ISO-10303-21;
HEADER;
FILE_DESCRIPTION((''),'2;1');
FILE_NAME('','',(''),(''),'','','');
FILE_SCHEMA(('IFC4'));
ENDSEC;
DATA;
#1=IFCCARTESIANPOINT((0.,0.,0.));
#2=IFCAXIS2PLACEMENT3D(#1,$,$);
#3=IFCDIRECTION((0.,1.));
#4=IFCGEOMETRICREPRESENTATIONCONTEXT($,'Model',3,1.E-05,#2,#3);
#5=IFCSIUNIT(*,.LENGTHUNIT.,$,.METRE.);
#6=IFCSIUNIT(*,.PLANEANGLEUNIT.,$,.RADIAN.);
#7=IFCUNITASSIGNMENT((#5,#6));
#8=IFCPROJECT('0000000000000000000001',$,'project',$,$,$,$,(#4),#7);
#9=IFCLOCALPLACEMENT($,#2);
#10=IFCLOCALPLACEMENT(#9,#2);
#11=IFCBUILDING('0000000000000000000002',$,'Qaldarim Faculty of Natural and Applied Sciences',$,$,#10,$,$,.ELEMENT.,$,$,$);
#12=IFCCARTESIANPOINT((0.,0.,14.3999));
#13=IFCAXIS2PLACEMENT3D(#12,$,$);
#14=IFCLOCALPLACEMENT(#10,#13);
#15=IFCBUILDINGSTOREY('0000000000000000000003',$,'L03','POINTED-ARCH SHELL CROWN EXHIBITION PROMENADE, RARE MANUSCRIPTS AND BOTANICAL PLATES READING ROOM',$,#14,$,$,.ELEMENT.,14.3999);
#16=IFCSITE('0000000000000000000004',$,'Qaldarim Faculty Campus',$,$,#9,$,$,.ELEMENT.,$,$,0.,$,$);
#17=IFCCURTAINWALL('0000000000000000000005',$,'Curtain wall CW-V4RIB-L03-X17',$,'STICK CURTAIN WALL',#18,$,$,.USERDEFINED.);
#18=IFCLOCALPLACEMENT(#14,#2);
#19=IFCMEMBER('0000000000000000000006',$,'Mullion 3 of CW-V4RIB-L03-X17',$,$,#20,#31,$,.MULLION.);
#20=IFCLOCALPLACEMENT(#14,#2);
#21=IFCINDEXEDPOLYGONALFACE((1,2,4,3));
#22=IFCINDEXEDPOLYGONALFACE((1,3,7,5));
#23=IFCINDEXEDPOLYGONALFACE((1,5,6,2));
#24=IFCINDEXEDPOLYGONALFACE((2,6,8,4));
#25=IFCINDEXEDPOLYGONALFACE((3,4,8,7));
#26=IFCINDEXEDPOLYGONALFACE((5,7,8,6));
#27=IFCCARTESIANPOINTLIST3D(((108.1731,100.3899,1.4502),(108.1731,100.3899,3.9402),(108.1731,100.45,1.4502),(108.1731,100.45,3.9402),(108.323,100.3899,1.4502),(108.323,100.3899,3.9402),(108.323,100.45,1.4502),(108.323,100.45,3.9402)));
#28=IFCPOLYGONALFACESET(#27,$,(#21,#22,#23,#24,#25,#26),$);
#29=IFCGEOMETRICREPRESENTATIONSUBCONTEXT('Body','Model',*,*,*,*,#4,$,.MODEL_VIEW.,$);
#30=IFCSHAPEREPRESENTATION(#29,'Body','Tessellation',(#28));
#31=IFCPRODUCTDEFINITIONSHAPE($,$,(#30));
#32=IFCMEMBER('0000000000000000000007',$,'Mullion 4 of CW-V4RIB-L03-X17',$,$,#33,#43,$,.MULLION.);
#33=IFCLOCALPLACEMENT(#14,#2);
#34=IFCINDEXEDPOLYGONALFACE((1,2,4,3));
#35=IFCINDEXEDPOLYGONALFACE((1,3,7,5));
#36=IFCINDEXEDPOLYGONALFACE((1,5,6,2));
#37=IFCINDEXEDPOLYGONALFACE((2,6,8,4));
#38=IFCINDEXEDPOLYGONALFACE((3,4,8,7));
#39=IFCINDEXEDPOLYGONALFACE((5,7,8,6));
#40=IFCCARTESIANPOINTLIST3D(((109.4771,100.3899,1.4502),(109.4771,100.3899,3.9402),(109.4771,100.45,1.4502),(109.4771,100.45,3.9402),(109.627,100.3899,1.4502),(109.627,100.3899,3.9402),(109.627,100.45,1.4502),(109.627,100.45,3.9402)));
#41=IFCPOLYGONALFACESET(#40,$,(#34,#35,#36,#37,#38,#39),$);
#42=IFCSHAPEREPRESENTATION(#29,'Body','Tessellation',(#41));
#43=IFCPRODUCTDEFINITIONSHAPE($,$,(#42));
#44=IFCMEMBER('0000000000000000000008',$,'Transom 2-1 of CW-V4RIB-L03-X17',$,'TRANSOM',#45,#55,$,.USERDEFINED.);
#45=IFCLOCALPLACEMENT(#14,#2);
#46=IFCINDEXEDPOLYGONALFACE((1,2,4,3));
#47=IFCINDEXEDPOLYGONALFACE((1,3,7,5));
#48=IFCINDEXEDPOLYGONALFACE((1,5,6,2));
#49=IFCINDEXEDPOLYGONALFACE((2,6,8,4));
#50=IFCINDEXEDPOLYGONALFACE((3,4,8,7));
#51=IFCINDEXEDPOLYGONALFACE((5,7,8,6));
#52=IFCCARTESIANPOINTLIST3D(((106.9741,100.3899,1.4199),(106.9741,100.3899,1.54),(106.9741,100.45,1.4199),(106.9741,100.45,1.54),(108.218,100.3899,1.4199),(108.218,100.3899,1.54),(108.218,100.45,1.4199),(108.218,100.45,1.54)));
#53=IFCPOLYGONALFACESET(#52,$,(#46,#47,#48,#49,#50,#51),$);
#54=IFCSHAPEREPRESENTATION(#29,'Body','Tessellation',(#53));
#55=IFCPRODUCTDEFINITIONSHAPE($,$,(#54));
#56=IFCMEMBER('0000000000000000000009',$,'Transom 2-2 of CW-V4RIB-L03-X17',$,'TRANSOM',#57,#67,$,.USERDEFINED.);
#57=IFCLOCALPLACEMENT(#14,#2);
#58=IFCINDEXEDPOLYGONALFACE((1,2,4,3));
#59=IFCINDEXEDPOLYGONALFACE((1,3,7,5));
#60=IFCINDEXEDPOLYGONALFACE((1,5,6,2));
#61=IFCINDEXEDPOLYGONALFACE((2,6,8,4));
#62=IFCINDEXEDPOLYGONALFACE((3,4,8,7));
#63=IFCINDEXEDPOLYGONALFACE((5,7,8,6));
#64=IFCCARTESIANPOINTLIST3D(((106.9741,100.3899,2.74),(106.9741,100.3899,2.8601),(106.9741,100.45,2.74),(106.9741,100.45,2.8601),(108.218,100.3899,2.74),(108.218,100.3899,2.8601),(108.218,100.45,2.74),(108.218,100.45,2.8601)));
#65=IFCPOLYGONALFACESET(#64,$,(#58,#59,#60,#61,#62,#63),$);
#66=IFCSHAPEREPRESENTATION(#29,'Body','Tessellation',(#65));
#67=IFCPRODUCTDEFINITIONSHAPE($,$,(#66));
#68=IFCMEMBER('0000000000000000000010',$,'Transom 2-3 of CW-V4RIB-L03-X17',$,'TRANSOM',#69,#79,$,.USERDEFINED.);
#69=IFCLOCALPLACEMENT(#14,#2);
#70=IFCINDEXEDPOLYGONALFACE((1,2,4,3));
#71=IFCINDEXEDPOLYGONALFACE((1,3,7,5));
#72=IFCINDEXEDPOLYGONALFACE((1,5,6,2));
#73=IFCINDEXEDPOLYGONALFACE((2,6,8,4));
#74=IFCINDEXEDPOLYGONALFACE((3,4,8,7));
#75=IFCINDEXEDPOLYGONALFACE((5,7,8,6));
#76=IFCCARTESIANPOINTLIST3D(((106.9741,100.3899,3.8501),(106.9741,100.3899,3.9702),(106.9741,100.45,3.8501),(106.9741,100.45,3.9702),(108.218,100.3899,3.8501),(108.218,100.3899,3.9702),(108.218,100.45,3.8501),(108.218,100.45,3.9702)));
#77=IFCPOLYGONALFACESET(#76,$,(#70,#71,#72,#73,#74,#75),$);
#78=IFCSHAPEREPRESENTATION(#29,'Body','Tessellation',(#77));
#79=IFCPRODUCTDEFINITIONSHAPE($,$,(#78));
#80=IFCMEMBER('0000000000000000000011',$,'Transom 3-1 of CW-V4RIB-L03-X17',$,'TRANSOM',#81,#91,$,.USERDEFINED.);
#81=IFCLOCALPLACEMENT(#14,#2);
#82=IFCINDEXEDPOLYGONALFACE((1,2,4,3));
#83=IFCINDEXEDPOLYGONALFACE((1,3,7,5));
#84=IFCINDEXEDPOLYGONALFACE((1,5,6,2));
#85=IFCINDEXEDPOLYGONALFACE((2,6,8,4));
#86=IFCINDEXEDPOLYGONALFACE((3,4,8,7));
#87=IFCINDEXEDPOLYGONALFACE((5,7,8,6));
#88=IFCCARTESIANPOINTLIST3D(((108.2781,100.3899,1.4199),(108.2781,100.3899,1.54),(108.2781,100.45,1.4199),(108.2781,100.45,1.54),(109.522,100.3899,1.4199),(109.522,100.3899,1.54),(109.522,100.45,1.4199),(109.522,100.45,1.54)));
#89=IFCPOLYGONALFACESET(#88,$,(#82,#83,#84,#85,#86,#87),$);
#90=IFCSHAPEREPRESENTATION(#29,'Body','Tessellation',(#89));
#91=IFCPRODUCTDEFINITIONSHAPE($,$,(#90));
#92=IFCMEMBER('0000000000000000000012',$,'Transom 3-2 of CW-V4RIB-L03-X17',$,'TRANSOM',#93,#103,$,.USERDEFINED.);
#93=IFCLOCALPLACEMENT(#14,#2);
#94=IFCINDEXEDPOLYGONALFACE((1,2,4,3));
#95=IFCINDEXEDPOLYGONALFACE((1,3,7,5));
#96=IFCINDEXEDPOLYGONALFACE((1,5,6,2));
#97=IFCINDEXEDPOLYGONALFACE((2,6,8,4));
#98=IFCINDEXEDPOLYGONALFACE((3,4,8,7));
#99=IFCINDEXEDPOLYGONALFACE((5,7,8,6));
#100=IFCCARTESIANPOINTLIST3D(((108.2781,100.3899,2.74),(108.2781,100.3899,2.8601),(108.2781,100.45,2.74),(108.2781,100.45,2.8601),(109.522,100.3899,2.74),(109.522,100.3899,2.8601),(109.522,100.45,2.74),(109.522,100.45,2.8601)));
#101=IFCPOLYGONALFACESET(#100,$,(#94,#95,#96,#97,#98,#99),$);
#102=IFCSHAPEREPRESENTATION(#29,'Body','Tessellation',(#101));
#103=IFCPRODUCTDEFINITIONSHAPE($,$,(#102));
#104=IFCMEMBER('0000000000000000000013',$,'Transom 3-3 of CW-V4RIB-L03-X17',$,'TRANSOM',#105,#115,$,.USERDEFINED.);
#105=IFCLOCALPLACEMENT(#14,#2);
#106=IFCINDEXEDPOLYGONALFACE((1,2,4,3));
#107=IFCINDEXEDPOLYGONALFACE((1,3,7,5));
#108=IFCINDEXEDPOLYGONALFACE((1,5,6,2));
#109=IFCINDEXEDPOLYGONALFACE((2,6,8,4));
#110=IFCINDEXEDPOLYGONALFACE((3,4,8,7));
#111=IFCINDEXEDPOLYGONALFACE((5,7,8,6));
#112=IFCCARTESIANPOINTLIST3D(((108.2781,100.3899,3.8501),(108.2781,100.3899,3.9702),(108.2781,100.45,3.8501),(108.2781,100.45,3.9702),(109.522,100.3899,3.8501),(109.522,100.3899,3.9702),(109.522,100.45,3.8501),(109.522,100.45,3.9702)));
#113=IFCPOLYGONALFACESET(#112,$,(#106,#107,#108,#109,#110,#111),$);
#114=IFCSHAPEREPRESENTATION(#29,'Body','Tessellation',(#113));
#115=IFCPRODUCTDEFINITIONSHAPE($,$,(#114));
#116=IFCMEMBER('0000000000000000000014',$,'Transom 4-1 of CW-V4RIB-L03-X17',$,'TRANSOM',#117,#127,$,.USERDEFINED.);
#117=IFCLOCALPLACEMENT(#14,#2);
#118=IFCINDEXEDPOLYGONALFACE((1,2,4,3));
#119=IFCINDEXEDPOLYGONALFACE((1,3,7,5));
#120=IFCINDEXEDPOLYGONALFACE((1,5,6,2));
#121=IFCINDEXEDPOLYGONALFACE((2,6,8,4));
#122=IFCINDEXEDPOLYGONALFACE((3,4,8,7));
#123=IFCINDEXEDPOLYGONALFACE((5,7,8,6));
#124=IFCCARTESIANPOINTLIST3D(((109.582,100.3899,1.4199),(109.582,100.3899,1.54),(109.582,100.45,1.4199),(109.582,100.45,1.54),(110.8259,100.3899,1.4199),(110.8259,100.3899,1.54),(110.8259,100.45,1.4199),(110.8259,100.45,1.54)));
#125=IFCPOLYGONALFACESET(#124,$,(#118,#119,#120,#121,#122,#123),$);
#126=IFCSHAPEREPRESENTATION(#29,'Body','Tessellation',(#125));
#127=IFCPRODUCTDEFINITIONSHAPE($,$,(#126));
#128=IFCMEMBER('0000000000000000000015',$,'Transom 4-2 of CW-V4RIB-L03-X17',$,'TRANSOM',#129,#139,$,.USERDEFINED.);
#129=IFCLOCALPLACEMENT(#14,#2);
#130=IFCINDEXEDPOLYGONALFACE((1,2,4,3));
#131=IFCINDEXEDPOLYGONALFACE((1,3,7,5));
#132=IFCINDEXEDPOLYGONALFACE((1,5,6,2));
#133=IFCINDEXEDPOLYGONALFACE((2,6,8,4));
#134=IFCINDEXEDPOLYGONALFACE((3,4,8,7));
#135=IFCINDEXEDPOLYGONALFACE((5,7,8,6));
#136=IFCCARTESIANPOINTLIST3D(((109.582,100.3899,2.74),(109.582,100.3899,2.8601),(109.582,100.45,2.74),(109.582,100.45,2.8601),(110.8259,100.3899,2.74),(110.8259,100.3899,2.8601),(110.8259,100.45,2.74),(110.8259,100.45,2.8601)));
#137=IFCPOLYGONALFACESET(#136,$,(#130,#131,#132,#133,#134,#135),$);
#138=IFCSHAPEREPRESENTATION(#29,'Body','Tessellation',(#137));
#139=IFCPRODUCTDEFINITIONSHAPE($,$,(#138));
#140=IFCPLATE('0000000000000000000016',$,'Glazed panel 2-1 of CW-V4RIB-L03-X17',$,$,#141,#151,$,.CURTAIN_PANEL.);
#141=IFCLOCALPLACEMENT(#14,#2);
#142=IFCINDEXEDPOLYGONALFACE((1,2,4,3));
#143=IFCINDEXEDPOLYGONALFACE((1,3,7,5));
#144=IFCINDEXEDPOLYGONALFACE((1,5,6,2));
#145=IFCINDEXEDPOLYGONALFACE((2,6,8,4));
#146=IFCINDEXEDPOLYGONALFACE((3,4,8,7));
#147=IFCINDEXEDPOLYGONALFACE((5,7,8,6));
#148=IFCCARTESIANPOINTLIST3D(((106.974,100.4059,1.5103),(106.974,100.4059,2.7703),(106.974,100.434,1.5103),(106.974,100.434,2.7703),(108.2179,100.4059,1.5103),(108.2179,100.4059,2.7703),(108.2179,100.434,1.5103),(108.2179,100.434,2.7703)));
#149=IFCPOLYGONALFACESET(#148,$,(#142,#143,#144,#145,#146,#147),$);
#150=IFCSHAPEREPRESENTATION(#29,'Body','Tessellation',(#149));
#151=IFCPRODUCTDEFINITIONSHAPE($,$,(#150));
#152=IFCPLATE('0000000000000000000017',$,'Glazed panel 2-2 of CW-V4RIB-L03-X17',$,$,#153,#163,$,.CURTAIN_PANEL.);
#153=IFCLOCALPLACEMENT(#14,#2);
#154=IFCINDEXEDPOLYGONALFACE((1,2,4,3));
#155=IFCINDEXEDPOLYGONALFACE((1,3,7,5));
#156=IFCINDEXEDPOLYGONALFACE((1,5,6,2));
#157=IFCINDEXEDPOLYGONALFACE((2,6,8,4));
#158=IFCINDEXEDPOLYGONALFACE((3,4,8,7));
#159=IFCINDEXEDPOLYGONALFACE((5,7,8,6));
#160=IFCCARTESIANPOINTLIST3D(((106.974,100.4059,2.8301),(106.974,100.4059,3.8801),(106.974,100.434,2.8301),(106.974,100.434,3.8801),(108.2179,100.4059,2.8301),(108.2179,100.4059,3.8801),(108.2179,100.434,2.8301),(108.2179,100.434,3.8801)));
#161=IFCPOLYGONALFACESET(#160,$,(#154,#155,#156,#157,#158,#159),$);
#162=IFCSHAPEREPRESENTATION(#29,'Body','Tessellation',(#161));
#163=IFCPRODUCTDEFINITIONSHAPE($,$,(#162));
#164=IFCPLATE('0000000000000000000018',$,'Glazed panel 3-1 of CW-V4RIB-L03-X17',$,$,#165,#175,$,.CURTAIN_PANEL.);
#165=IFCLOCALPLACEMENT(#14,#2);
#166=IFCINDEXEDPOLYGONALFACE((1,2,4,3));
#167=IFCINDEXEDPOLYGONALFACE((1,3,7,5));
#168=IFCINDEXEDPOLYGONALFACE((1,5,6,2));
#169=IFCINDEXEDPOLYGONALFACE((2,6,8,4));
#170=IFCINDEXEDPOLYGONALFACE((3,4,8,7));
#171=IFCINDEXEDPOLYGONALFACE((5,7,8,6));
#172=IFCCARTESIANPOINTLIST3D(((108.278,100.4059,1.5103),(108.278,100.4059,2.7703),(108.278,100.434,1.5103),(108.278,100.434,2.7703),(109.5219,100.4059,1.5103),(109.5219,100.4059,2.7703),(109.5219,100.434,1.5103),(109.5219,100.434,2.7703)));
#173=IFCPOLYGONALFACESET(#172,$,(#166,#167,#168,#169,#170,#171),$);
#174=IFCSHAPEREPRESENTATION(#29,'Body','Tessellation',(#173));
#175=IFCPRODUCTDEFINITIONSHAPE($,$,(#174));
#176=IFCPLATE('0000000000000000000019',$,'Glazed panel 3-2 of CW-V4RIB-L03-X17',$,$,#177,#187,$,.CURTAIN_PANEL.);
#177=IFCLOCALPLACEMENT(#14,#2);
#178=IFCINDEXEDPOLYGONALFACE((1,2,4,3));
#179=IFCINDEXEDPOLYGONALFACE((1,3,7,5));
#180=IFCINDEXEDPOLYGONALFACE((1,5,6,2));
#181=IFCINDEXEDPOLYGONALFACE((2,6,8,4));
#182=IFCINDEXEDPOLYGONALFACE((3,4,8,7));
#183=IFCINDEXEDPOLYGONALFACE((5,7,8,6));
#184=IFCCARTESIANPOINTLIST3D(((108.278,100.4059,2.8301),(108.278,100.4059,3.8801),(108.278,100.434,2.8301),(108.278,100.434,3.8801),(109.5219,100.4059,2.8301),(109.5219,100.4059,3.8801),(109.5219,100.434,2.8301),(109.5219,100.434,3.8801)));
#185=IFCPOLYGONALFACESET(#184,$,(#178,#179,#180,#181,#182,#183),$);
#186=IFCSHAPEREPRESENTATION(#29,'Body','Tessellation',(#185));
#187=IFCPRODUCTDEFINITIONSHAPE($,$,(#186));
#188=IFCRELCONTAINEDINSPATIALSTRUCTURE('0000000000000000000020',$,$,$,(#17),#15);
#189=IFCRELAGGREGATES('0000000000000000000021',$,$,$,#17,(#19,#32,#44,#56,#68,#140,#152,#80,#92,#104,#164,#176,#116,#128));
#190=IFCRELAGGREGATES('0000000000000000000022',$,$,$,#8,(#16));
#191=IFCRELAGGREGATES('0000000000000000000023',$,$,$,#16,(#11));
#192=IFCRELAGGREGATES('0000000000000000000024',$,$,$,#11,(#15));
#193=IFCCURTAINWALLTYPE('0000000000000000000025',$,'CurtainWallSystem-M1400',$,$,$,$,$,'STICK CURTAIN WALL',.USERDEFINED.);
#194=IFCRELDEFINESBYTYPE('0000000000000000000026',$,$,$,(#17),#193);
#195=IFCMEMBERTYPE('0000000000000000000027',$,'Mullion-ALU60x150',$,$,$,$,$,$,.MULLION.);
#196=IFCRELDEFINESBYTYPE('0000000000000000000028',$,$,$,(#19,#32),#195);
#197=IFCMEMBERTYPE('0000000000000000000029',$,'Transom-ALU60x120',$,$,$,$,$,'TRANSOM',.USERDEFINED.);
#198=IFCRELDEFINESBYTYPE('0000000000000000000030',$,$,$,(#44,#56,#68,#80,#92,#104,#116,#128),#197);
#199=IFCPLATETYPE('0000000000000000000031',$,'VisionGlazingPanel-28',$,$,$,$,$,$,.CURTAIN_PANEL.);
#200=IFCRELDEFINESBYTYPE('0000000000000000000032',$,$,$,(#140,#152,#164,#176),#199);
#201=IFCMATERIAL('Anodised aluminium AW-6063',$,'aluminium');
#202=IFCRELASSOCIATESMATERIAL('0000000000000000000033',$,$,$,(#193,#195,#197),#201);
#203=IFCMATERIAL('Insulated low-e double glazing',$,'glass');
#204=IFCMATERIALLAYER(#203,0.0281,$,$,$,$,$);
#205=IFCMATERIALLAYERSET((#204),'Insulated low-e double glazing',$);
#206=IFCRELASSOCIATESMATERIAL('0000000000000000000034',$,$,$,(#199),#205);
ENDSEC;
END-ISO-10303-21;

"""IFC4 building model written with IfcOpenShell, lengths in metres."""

from ifc_helpers import new_model, si_unit, direction, frame, origin, origin_2d, place, context, subcontext, project, spatial, rectangle, extrude, material, layer, layer_set, material_profile, profile_set, type_object, element, aggregate, save


model = new_model("IFC4")

# Units and contexts
model_context = context("Model", 3, precision=1e-05, world=origin(), true_north=direction((0.0, 1.0)))
body_context = subcontext(model_context, "Body", "Model", "MODEL_VIEW")
ifc_project = project(units=[si_unit("LENGTHUNIT", "METRE"), si_unit("PLANEANGLEUNIT", "RADIAN")], contexts=[model_context])

# Site, building, storey
site_placement = place(None, origin())
site = spatial("IfcSite", under=ifc_project, at=site_placement, Name="Qaldarim Faculty Campus", CompositionType="ELEMENT", RefElevation=0.0)
building_placement = place(site_placement, origin())
building = spatial("IfcBuilding", under=site, at=building_placement, Name="Qaldarim Faculty of Natural and Applied Sciences", CompositionType="ELEMENT")
storey_placement = place(building_placement, frame((0.0, 0.0, 14.3999)))
storey = spatial("IfcBuildingStorey", under=building, at=storey_placement, Name="L03", Description="POINTED-ARCH SHELL CROWN EXHIBITION PROMENADE, RARE MANUSCRIPTS AND BOTANICAL PLATES READING ROOM", CompositionType="ELEMENT", Elevation=14.3999)

# Curtain wall, members, plates
ifc_material_1 = material(Name="Anodised aluminium AW-6063", Category="aluminium")
curtain_wall_type = type_object("IfcCurtainWallType", Name="CurtainWallSystem-M1400", ElementType="STICK CURTAIN WALL", PredefinedType="USERDEFINED", material=ifc_material_1)
curtain_wall_placement = place(storey_placement, origin())
curtain_wall = element("IfcCurtainWall", 1, at=curtain_wall_placement, inside=storey, type_object=curtain_wall_type, Name="Curtain wall CW-V4RIB-L03-X17", ObjectType="STICK CURTAIN WALL", PredefinedType="USERDEFINED")
ifc_material_profile_1 = material_profile(ifc_material_1, rectangle(XDim=0.0601, YDim=0.1499, at=origin_2d()), Name="ALU-M60x150")
ifc_profile_set_1 = profile_set([ifc_material_profile_1], Name="Anodised aluminium AW-6063")
member_type_1 = type_object("IfcMemberType", Name="Mullion-ALU60x150", PredefinedType="MULLION", material=ifc_profile_set_1)
member_1_placement = place(storey_placement, frame((108.248, 100.4199, 1.4502), z_axis=(0.0, 0.0, 1.0), x_axis=(0.0, 1.0, 0.0)))
member_1 = element("IfcMember", 2, at=member_1_placement, type_object=member_type_1, Name="Mullion 3 of CW-V4RIB-L03-X17", PredefinedType="MULLION", context=body_context, shape_type="SweptSolid", body=[
    extrude(rectangle(XDim=0.0601, YDim=0.1499, at=origin_2d()), origin(), (0.0, 0.0, 1.0), 2.49),
])
member_2_placement = place(storey_placement, frame((109.552, 100.4199, 1.4502), z_axis=(0.0, 0.0, 1.0), x_axis=(0.0, 1.0, 0.0)))
member_2 = element("IfcMember", 3, at=member_2_placement, type_object=member_type_1, Name="Mullion 4 of CW-V4RIB-L03-X17", PredefinedType="MULLION", context=body_context, shape_type="SweptSolid", body=[
    extrude(rectangle(XDim=0.0601, YDim=0.1499, at=origin_2d()), origin(), (0.0, 0.0, 1.0), 2.49),
])
ifc_material_profile_2 = material_profile(ifc_material_1, rectangle(XDim=0.0601, YDim=0.1201, at=origin_2d()), Name="ALU-T60x120")
ifc_profile_set_2 = profile_set([ifc_material_profile_2], Name="Anodised aluminium AW-6063")
member_type_2 = type_object("IfcMemberType", Name="Transom-ALU60x120", ElementType="TRANSOM", PredefinedType="USERDEFINED", material=ifc_profile_set_2)
member_3_placement = place(storey_placement, frame((106.9741, 100.4199, 1.48), z_axis=(1.0, 0.0, 0.0), x_axis=(0.0, 1.0, 0.0)))
member_3 = element("IfcMember", 4, at=member_3_placement, type_object=member_type_2, Name="Transom 2-1 of CW-V4RIB-L03-X17", ObjectType="TRANSOM", PredefinedType="USERDEFINED", context=body_context, shape_type="SweptSolid", body=[
    extrude(rectangle(XDim=0.0601, YDim=0.1201, at=origin_2d()), origin(), (0.0, 0.0, 1.0), 1.2439),
])
member_4_placement = place(storey_placement, frame((106.9741, 100.4199, 2.8), z_axis=(1.0, 0.0, 0.0), x_axis=(0.0, 1.0, 0.0)))
member_4 = element("IfcMember", 5, at=member_4_placement, type_object=member_type_2, Name="Transom 2-2 of CW-V4RIB-L03-X17", ObjectType="TRANSOM", PredefinedType="USERDEFINED", context=body_context, shape_type="SweptSolid", body=[
    extrude(rectangle(XDim=0.0601, YDim=0.1201, at=origin_2d()), origin(), (0.0, 0.0, 1.0), 1.2439),
])
member_5_placement = place(storey_placement, frame((106.9741, 100.4199, 3.9102), z_axis=(1.0, 0.0, 0.0), x_axis=(0.0, 1.0, 0.0)))
member_5 = element("IfcMember", 6, at=member_5_placement, type_object=member_type_2, Name="Transom 2-3 of CW-V4RIB-L03-X17", ObjectType="TRANSOM", PredefinedType="USERDEFINED", context=body_context, shape_type="SweptSolid", body=[
    extrude(rectangle(XDim=0.0601, YDim=0.1201, at=origin_2d()), origin(), (0.0, 0.0, 1.0), 1.2439),
])
member_6_placement = place(storey_placement, frame((108.2781, 100.4199, 1.48), z_axis=(1.0, 0.0, 0.0), x_axis=(0.0, 1.0, 0.0)))
member_6 = element("IfcMember", 7, at=member_6_placement, type_object=member_type_2, Name="Transom 3-1 of CW-V4RIB-L03-X17", ObjectType="TRANSOM", PredefinedType="USERDEFINED", context=body_context, shape_type="SweptSolid", body=[
    extrude(rectangle(XDim=0.0601, YDim=0.1201, at=origin_2d()), origin(), (0.0, 0.0, 1.0), 1.2439),
])
member_7_placement = place(storey_placement, frame((108.2781, 100.4199, 2.8), z_axis=(1.0, 0.0, 0.0), x_axis=(0.0, 1.0, 0.0)))
member_7 = element("IfcMember", 8, at=member_7_placement, type_object=member_type_2, Name="Transom 3-2 of CW-V4RIB-L03-X17", ObjectType="TRANSOM", PredefinedType="USERDEFINED", context=body_context, shape_type="SweptSolid", body=[
    extrude(rectangle(XDim=0.0601, YDim=0.1201, at=origin_2d()), origin(), (0.0, 0.0, 1.0), 1.2439),
])
member_8_placement = place(storey_placement, frame((108.2781, 100.4199, 3.9102), z_axis=(1.0, 0.0, 0.0), x_axis=(0.0, 1.0, 0.0)))
member_8 = element("IfcMember", 9, at=member_8_placement, type_object=member_type_2, Name="Transom 3-3 of CW-V4RIB-L03-X17", ObjectType="TRANSOM", PredefinedType="USERDEFINED", context=body_context, shape_type="SweptSolid", body=[
    extrude(rectangle(XDim=0.0601, YDim=0.1201, at=origin_2d()), origin(), (0.0, 0.0, 1.0), 1.2439),
])
member_9_placement = place(storey_placement, frame((109.582, 100.4199, 1.48), z_axis=(1.0, 0.0, 0.0), x_axis=(0.0, 1.0, 0.0)))
member_9 = element("IfcMember", 10, at=member_9_placement, type_object=member_type_2, Name="Transom 4-1 of CW-V4RIB-L03-X17", ObjectType="TRANSOM", PredefinedType="USERDEFINED", context=body_context, shape_type="SweptSolid", body=[
    extrude(rectangle(XDim=0.0601, YDim=0.1201, at=origin_2d()), origin(), (0.0, 0.0, 1.0), 1.2439),
])
member_10_placement = place(storey_placement, frame((109.582, 100.4199, 2.8), z_axis=(1.0, 0.0, 0.0), x_axis=(0.0, 1.0, 0.0)))
member_10 = element("IfcMember", 11, at=member_10_placement, type_object=member_type_2, Name="Transom 4-2 of CW-V4RIB-L03-X17", ObjectType="TRANSOM", PredefinedType="USERDEFINED", context=body_context, shape_type="SweptSolid", body=[
    extrude(rectangle(XDim=0.0601, YDim=0.1201, at=origin_2d()), origin(), (0.0, 0.0, 1.0), 1.2439),
])
ifc_material_2 = material(Name="Insulated low-e double glazing", Category="glass")
ifc_layer_1 = layer(ifc_material_2, 0.0281)
ifc_layer_set_1 = layer_set([ifc_layer_1], Name="Insulated low-e double glazing")
plate_type = type_object("IfcPlateType", Name="VisionGlazingPanel-28", PredefinedType="CURTAIN_PANEL", material=ifc_layer_set_1)
plate_1_placement = place(storey_placement, frame((107.5959, 100.4199, 1.5103), z_axis=(0.0, 0.0, 1.0), x_axis=(1.0, 0.0, 0.0)))
plate_1 = element("IfcPlate", 12, at=plate_1_placement, type_object=plate_type, Name="Glazed panel 2-1 of CW-V4RIB-L03-X17", PredefinedType="CURTAIN_PANEL", context=body_context, shape_type="SweptSolid", body=[
    extrude(rectangle(XDim=1.2439, YDim=0.0281, at=origin_2d()), origin(), (0.0, 0.0, 1.0), 1.26),
])
plate_2_placement = place(storey_placement, frame((107.5959, 100.4199, 2.8301), z_axis=(0.0, 0.0, 1.0), x_axis=(1.0, 0.0, 0.0)))
plate_2 = element("IfcPlate", 13, at=plate_2_placement, type_object=plate_type, Name="Glazed panel 2-2 of CW-V4RIB-L03-X17", PredefinedType="CURTAIN_PANEL", context=body_context, shape_type="SweptSolid", body=[
    extrude(rectangle(XDim=1.2439, YDim=0.0281, at=origin_2d()), origin(), (0.0, 0.0, 1.0), 1.05),
])
plate_3_placement = place(storey_placement, frame((108.8999, 100.4199, 1.5103), z_axis=(0.0, 0.0, 1.0), x_axis=(1.0, 0.0, 0.0)))
plate_3 = element("IfcPlate", 14, at=plate_3_placement, type_object=plate_type, Name="Glazed panel 3-1 of CW-V4RIB-L03-X17", PredefinedType="CURTAIN_PANEL", context=body_context, shape_type="SweptSolid", body=[
    extrude(rectangle(XDim=1.2439, YDim=0.0281, at=origin_2d()), origin(), (0.0, 0.0, 1.0), 1.26),
])
plate_4_placement = place(storey_placement, frame((108.8999, 100.4199, 2.8301), z_axis=(0.0, 0.0, 1.0), x_axis=(1.0, 0.0, 0.0)))
plate_4 = element("IfcPlate", 15, at=plate_4_placement, type_object=plate_type, Name="Glazed panel 3-2 of CW-V4RIB-L03-X17", PredefinedType="CURTAIN_PANEL", context=body_context, shape_type="SweptSolid", body=[
    extrude(rectangle(XDim=1.2439, YDim=0.0281, at=origin_2d()), origin(), (0.0, 0.0, 1.0), 1.05),
])
aggregate(curtain_wall, [member_1, member_2, member_3, member_4, member_5, plate_1, plate_2, member_6, member_7, member_8, plate_3, plate_4, member_9, member_10])

save(model, "model.ifc")
